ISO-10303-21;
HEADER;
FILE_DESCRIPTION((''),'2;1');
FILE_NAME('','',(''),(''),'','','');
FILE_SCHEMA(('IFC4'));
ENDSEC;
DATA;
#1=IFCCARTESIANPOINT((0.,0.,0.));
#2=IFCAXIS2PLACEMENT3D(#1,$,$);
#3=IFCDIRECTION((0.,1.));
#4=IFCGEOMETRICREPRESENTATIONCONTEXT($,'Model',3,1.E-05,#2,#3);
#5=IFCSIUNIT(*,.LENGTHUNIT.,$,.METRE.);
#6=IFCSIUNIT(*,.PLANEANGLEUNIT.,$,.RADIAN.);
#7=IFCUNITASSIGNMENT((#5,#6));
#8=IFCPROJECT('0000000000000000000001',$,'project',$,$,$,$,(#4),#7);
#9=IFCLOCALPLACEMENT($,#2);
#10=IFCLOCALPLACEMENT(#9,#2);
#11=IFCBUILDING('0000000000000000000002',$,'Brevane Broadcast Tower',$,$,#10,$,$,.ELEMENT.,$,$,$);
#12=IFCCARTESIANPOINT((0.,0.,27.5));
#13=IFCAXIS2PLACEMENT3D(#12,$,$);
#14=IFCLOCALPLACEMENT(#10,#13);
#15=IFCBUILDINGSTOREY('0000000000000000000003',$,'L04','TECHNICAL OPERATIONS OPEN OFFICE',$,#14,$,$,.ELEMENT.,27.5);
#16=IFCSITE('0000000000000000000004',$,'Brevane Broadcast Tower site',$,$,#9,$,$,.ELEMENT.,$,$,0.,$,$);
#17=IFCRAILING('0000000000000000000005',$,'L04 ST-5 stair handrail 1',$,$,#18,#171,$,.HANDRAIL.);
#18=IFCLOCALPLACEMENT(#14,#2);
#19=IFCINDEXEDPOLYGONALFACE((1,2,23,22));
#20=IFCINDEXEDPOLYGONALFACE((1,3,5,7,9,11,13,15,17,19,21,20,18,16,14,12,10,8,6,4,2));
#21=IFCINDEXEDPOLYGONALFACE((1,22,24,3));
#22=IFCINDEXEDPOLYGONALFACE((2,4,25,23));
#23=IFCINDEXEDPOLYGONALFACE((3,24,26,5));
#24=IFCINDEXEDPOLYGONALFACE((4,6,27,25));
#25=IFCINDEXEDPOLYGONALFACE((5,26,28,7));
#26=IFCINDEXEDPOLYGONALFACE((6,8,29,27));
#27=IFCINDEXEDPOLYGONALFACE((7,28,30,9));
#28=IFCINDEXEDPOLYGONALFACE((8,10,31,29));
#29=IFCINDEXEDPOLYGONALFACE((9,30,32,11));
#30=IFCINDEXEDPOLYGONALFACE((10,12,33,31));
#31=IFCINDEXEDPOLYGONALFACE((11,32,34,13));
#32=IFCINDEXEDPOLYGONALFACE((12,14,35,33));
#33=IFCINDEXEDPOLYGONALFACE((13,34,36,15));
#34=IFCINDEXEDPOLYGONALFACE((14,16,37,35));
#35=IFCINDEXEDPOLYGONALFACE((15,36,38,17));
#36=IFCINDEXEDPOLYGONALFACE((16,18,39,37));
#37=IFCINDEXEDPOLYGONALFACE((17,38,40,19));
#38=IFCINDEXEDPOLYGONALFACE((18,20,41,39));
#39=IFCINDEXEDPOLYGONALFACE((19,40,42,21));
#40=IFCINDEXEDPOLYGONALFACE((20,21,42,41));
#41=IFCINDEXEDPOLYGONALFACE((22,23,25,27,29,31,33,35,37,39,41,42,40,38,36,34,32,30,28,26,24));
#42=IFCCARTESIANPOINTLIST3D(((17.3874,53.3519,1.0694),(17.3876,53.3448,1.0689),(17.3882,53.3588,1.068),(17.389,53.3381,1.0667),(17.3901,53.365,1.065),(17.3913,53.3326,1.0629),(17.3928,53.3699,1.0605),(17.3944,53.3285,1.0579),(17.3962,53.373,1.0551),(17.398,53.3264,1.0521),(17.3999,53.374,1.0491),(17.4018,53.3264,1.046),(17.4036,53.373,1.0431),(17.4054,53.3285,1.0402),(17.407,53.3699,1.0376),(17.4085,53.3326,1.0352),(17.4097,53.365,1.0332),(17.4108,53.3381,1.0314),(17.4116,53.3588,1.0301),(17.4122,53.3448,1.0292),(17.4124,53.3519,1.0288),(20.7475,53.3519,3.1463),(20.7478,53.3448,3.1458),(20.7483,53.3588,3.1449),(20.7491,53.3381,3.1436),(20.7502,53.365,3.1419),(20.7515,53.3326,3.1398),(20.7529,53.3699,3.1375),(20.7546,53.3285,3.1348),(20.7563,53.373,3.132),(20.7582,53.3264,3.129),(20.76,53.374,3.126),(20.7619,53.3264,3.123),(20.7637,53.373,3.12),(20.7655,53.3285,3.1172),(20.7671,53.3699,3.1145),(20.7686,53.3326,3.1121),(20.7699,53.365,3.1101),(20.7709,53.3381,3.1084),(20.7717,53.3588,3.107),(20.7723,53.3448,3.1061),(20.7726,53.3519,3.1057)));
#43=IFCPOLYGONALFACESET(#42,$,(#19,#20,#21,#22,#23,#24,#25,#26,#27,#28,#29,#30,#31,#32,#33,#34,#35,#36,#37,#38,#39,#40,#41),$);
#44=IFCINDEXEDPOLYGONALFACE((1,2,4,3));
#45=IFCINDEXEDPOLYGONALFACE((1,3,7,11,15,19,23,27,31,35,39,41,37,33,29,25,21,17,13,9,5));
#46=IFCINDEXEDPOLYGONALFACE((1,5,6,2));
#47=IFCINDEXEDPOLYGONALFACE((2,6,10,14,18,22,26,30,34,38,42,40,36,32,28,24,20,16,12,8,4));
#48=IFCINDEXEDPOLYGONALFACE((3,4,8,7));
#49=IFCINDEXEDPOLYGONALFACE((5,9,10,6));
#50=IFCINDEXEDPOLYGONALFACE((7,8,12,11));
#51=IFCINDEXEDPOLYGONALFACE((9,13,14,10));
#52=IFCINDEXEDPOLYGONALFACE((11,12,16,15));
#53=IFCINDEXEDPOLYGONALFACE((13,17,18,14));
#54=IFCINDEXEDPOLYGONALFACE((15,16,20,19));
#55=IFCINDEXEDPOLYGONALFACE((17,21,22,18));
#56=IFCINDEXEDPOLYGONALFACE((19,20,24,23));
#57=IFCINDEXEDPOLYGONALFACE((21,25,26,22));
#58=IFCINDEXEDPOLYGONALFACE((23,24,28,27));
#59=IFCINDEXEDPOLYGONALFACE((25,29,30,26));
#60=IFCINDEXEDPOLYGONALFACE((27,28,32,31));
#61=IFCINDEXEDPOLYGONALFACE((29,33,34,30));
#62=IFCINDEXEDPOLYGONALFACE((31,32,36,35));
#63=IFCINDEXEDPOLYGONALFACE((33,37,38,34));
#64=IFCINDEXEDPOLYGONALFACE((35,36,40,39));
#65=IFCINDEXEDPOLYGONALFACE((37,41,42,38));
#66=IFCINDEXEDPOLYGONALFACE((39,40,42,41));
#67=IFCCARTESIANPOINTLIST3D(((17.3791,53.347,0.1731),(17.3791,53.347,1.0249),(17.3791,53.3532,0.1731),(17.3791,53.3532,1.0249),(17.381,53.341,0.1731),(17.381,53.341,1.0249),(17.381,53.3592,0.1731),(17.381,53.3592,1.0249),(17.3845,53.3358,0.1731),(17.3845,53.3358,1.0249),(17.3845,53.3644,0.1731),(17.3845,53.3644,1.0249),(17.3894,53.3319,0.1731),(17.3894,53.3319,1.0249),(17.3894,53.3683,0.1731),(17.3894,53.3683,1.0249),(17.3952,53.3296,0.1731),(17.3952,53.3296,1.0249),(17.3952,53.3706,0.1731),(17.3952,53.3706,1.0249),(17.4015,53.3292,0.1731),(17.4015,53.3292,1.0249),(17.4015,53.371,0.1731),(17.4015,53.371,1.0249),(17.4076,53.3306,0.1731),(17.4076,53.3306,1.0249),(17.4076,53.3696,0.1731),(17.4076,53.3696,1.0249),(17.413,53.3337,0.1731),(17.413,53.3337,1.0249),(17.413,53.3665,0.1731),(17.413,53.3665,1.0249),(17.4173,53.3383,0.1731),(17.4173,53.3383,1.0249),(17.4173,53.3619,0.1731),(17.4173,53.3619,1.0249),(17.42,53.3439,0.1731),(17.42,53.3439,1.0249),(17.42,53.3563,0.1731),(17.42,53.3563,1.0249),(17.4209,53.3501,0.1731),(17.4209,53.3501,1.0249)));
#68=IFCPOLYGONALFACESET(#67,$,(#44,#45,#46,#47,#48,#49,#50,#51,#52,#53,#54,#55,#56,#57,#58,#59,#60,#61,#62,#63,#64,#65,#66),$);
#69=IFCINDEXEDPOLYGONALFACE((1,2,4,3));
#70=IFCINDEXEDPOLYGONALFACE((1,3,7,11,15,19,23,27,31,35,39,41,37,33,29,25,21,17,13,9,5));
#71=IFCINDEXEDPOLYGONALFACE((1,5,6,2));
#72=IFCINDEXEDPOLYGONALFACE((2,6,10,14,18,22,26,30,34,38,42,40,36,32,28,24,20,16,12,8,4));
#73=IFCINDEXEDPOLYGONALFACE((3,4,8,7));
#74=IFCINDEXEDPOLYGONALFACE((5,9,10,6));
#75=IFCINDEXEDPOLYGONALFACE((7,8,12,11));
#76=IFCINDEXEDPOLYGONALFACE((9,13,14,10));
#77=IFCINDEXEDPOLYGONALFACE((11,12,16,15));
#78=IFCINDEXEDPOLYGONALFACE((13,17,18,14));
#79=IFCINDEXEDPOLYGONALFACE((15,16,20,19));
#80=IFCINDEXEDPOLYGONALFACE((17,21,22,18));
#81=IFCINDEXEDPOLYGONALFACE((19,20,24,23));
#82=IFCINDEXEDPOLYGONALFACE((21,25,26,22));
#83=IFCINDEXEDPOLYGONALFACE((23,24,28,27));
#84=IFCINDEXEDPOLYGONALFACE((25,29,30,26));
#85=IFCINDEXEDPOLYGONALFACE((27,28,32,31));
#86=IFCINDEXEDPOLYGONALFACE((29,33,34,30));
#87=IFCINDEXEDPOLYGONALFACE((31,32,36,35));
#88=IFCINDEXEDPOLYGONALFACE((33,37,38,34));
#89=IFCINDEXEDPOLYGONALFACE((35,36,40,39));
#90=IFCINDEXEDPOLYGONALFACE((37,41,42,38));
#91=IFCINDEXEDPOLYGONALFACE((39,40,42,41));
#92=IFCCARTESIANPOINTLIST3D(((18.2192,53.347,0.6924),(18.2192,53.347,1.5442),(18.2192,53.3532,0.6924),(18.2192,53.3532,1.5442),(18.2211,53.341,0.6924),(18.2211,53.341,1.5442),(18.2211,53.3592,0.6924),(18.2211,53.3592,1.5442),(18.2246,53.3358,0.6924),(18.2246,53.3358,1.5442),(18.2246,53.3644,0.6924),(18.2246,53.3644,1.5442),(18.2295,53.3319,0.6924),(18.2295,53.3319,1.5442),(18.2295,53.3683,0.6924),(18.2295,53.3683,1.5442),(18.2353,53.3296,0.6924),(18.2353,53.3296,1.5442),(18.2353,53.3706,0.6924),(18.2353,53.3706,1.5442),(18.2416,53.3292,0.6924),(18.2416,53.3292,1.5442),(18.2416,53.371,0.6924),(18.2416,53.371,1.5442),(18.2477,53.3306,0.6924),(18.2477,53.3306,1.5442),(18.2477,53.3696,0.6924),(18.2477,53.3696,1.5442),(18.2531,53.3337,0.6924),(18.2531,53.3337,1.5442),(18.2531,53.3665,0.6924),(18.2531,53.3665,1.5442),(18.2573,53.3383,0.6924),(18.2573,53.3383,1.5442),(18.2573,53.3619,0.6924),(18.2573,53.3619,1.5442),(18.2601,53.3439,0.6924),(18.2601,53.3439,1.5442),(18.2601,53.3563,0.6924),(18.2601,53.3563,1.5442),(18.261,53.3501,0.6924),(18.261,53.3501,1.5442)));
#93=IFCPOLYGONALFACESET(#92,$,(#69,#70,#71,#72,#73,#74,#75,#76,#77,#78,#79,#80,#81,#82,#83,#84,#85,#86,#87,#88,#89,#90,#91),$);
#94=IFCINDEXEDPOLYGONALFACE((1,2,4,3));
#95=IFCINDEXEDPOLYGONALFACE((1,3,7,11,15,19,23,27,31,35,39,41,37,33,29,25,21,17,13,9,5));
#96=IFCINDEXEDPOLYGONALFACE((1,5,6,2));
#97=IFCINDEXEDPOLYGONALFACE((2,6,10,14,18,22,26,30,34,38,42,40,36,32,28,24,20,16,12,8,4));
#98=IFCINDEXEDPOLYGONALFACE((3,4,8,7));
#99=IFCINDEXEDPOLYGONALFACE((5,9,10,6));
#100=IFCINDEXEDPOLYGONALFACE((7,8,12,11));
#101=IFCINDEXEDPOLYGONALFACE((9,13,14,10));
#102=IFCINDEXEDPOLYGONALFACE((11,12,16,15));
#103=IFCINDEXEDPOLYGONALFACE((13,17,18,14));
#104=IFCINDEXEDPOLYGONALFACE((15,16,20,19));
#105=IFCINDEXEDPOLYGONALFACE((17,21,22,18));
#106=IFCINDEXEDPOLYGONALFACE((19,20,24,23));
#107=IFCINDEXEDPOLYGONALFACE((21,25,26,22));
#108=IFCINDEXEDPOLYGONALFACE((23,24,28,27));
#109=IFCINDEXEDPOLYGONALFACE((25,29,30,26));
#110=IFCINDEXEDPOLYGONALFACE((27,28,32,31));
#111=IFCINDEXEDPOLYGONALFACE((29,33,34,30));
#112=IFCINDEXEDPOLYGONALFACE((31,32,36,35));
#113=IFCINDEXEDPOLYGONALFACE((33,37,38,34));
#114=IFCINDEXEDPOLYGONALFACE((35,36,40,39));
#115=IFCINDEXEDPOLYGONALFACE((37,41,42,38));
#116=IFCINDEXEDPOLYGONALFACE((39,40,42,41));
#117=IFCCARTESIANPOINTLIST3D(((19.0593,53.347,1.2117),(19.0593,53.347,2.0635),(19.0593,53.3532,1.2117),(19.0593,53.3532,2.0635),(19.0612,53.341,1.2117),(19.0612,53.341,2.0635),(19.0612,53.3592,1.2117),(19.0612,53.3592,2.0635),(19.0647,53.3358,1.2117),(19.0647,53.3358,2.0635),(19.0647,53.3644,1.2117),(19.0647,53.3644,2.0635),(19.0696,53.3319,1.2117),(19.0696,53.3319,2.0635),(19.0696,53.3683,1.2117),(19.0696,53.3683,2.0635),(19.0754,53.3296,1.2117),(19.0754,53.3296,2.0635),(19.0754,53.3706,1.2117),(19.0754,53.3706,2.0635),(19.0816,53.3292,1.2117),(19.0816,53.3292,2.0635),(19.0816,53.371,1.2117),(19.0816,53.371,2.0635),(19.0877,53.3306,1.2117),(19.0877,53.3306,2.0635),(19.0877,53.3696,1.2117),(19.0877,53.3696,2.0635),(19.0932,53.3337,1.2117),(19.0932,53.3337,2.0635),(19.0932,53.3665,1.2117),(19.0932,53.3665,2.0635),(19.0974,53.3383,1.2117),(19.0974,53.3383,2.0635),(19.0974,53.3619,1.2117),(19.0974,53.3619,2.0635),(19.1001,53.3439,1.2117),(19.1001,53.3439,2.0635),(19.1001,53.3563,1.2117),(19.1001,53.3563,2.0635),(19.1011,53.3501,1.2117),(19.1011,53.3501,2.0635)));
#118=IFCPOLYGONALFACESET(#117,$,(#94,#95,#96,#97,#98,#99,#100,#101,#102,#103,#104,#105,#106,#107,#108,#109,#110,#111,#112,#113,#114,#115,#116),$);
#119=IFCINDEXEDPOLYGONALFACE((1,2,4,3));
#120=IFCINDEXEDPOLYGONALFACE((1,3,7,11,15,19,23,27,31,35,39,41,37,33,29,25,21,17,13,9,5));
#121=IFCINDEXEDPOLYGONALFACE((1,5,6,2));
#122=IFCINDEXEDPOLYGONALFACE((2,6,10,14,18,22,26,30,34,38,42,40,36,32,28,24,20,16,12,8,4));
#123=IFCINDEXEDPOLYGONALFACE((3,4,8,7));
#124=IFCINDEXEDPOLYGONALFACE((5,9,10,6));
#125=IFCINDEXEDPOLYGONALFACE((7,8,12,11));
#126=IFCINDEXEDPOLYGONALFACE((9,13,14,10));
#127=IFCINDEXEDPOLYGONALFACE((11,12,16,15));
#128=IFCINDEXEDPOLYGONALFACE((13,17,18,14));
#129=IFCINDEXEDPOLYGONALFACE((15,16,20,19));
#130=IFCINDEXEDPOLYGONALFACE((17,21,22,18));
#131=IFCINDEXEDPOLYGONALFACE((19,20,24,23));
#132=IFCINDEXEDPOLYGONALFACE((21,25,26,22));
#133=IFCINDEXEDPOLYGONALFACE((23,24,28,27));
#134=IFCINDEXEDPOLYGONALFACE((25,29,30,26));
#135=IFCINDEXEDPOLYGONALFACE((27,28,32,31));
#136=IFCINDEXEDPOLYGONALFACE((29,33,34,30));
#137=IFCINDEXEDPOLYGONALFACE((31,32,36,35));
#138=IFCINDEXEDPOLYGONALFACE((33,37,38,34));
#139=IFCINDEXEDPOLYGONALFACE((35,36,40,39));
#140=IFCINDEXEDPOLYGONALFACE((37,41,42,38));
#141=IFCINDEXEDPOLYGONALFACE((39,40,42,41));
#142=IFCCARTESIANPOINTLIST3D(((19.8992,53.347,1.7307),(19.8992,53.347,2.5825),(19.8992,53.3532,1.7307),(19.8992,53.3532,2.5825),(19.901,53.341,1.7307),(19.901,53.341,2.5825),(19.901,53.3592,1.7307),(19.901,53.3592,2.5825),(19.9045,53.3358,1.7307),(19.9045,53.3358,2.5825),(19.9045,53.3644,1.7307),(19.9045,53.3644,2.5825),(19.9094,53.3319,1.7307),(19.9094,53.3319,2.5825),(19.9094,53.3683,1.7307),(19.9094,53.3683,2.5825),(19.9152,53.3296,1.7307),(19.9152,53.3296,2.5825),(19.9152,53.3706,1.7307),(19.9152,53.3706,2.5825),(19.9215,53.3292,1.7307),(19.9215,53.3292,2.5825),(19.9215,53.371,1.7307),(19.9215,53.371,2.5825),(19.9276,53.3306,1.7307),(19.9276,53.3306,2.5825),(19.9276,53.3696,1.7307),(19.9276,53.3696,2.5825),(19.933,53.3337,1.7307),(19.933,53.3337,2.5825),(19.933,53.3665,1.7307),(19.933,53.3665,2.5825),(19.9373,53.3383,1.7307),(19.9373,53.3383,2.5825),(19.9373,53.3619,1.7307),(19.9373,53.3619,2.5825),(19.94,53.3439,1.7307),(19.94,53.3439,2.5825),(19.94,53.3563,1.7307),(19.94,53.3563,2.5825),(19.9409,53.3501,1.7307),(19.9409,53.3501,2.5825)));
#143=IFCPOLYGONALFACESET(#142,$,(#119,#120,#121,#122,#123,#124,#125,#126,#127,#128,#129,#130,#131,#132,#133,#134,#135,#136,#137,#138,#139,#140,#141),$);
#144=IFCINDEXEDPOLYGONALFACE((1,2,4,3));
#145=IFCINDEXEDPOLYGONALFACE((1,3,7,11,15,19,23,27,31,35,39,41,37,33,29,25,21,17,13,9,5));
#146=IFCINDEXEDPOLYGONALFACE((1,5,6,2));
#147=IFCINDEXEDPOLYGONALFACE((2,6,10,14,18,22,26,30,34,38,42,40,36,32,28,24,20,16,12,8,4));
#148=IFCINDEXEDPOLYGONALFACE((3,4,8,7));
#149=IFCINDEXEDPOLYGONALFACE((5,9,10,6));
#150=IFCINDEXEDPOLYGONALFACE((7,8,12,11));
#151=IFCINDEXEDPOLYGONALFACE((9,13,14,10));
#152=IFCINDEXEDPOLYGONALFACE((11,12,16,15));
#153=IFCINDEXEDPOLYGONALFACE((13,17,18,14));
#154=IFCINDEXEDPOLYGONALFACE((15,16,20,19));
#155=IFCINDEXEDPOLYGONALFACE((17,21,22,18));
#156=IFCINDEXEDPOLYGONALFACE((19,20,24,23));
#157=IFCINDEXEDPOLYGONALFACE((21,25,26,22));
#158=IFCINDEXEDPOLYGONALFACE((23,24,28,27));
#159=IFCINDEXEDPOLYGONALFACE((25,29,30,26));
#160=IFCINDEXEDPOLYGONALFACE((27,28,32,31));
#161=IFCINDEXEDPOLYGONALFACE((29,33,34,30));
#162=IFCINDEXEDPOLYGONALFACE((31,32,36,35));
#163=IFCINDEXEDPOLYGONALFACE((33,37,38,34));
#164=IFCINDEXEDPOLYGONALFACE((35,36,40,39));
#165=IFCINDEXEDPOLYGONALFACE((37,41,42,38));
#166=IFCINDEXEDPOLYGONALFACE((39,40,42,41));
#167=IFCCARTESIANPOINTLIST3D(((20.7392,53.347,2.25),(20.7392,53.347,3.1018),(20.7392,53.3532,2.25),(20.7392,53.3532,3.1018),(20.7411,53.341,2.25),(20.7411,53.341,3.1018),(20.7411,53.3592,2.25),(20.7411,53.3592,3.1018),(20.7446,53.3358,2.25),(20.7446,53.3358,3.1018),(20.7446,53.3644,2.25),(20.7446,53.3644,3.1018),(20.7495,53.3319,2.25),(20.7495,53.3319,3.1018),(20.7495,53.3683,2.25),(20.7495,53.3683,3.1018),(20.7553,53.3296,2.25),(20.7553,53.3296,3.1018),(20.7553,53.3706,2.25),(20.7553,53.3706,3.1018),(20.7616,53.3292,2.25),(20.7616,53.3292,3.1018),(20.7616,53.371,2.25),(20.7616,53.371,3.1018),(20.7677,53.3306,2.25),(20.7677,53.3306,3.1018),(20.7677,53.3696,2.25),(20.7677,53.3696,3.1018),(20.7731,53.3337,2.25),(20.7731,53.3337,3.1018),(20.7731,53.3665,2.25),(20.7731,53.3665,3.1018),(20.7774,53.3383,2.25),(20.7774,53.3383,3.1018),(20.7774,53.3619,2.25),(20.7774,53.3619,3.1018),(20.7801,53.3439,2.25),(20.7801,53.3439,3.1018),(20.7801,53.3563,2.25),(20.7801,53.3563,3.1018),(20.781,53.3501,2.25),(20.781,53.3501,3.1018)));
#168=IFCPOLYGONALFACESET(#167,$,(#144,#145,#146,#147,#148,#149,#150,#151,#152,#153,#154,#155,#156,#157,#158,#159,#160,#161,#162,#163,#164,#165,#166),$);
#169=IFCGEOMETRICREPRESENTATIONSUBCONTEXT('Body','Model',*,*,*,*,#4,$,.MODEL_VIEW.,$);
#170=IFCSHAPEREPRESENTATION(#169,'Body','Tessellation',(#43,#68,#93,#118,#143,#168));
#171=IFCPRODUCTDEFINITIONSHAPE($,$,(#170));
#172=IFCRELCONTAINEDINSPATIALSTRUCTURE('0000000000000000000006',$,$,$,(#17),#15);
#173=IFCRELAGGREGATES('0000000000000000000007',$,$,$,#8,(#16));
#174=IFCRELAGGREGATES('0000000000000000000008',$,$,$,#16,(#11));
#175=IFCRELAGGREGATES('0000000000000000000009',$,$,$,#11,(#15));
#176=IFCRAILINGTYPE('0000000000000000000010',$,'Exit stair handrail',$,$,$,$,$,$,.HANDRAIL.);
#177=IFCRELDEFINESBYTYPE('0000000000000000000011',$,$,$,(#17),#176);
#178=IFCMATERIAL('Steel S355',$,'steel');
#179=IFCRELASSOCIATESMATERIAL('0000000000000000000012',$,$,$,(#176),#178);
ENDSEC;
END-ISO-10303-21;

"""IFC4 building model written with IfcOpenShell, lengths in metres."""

from ifc_helpers import new_model, si_unit, direction, frame, origin, origin_2d, place, context, subcontext, project, spatial, circle, extrude, material, type_object, element, save


model = new_model("IFC4")

# Units and contexts
model_context = context("Model", 3, precision=1e-05, world=origin(), true_north=direction((0.0, 1.0)))
body_context = subcontext(model_context, "Body", "Model", "MODEL_VIEW")
ifc_project = project(units=[si_unit("LENGTHUNIT", "METRE"), si_unit("PLANEANGLEUNIT", "RADIAN")], contexts=[model_context])

# Site, building, storey
site_placement = place(None, origin())
site = spatial("IfcSite", under=ifc_project, at=site_placement, Name="Brevane Broadcast Tower site", CompositionType="ELEMENT", RefElevation=0.0)
building_placement = place(site_placement, origin())
building = spatial("IfcBuilding", under=site, at=building_placement, Name="Brevane Broadcast Tower", CompositionType="ELEMENT")
storey_placement = place(building_placement, frame((0.0, 0.0, 27.5)))
storey = spatial("IfcBuildingStorey", under=building, at=storey_placement, Name="L04", Description="TECHNICAL OPERATIONS OPEN OFFICE", CompositionType="ELEMENT", Elevation=27.5)

# Railing
ifc_material_1 = material(Name="Steel S355", Category="steel")
railing_type_1 = type_object("IfcRailingType", Name="Exit stair handrail", PredefinedType="HANDRAIL", material=ifc_material_1)
railing_1_placement = place(storey_placement, frame((17.3999, 53.3501, 0.1731)))
element("IfcRailing", 1, at=railing_1_placement, inside=storey, type_object=railing_type_1, Name="L04 ST-5 stair handrail 1", PredefinedType="HANDRAIL", context=body_context, shape_type="SweptSolid", body=[
    extrude(circle(Radius=0.0239, at=origin_2d()), frame((0.0, 0.0, 0.876), z_axis=(0.850623, 0.0, 0.525776), x_axis=(0.0, 1.0, 0.0)), (0.0, 0.0, 1.0), 3.9502),
    extrude(circle(Radius=0.021, at=origin_2d()), origin(), (0.0, 0.0, 1.0), 0.8518),
    extrude(circle(Radius=0.021, at=origin_2d()), frame((0.8401, 0.0, 0.5193)), (0.0, 0.0, 1.0), 0.8518),
    extrude(circle(Radius=0.021, at=origin_2d()), frame((1.6802, 0.0, 1.0386)), (0.0, 0.0, 1.0), 0.8518),
    extrude(circle(Radius=0.021, at=origin_2d()), frame((2.52, 0.0, 1.5576)), (0.0, 0.0, 1.0), 0.8518),
    extrude(circle(Radius=0.021, at=origin_2d()), frame((3.3601, 0.0, 2.0769)), (0.0, 0.0, 1.0), 0.8518),
])

save(model, "model.ifc")
